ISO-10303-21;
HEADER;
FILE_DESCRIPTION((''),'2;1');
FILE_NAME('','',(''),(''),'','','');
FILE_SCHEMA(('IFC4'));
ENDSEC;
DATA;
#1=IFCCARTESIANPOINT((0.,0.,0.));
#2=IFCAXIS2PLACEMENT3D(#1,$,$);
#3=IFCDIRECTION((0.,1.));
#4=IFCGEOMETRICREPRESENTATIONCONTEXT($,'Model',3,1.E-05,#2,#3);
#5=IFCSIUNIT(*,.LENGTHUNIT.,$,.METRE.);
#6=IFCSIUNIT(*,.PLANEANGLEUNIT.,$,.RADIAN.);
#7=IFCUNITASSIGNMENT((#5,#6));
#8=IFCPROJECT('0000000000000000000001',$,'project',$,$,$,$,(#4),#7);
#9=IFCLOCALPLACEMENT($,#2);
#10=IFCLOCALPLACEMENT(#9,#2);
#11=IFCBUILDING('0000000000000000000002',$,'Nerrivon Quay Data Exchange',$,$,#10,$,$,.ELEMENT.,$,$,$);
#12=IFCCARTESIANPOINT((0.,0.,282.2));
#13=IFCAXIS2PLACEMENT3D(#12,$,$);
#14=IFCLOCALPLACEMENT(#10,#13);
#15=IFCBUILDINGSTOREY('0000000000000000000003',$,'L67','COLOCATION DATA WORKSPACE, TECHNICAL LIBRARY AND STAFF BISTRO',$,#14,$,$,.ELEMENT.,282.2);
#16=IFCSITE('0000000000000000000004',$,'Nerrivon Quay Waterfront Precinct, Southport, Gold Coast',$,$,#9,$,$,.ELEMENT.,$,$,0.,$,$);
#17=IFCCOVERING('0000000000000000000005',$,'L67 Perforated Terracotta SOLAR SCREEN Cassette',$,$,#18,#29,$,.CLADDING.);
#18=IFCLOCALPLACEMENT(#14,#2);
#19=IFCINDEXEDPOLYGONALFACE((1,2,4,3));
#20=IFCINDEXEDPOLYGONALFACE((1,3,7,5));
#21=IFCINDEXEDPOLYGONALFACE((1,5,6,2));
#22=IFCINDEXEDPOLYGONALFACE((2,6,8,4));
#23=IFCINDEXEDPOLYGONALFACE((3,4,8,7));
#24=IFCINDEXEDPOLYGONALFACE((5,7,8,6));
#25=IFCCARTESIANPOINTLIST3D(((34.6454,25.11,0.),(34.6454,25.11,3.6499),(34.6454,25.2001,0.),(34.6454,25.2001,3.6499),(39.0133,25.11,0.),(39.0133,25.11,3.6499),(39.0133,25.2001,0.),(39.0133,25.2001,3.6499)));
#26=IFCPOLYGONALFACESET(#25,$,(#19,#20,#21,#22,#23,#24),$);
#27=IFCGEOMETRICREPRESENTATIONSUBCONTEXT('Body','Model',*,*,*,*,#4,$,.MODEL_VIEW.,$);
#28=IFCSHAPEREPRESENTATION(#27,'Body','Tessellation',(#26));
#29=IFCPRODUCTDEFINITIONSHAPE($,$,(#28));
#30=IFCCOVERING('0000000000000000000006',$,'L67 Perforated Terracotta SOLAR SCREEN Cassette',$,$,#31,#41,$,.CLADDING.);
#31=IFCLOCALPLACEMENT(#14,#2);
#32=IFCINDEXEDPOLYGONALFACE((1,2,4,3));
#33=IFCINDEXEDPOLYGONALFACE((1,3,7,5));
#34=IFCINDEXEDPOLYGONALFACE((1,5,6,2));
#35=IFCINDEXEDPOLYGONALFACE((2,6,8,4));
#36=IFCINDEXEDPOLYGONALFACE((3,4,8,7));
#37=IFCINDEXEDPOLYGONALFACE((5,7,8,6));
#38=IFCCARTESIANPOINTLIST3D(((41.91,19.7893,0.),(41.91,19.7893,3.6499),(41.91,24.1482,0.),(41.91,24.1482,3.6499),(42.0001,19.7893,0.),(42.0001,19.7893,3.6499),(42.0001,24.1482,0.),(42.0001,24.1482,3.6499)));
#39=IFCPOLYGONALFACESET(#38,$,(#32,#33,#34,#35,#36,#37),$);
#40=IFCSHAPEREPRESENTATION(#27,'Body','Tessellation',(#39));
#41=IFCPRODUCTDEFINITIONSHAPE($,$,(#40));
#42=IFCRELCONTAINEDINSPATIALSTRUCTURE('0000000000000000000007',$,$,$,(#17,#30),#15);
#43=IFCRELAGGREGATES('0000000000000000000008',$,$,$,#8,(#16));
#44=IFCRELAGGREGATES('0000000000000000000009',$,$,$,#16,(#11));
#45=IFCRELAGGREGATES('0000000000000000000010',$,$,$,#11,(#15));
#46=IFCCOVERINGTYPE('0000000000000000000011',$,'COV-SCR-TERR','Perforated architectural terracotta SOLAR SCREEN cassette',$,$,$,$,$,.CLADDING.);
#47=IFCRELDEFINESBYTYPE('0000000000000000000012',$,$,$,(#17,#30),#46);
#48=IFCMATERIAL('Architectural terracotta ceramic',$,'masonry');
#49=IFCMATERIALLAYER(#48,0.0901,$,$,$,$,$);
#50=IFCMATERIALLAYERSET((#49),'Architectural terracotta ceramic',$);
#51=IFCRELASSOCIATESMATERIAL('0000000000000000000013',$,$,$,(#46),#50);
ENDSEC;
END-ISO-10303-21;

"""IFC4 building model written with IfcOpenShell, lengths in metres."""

from ifc_helpers import new_model, si_unit, direction, frame, origin, origin_2d, place, context, subcontext, project, spatial, rectangle, extrude, material, layer, layer_set, type_object, element, save


model = new_model("IFC4")

# Units and contexts
model_context = context("Model", 3, precision=1e-05, world=origin(), true_north=direction((0.0, 1.0)))
body_context = subcontext(model_context, "Body", "Model", "MODEL_VIEW")
ifc_project = project(units=[si_unit("LENGTHUNIT", "METRE"), si_unit("PLANEANGLEUNIT", "RADIAN")], contexts=[model_context])

# Site, building, storey
site_placement = place(None, origin())
site = spatial("IfcSite", under=ifc_project, at=site_placement, Name="Nerrivon Quay Waterfront Precinct, Southport, Gold Coast", CompositionType="ELEMENT", RefElevation=0.0)
building_placement = place(site_placement, origin())
building = spatial("IfcBuilding", under=site, at=building_placement, Name="Nerrivon Quay Data Exchange", CompositionType="ELEMENT")
storey_placement = place(building_placement, frame((0.0, 0.0, 282.2)))
storey = spatial("IfcBuildingStorey", under=building, at=storey_placement, Name="L67", Description="COLOCATION DATA WORKSPACE, TECHNICAL LIBRARY AND STAFF BISTRO", CompositionType="ELEMENT", Elevation=282.2)

# Coverings
ifc_material_1 = material(Name="Architectural terracotta ceramic", Category="masonry")
ifc_layer_1 = layer(ifc_material_1, 0.0901)
ifc_layer_set_1 = layer_set([ifc_layer_1], Name="Architectural terracotta ceramic")
covering_type = type_object("IfcCoveringType", Name="COV-SCR-TERR", Description="Perforated architectural terracotta SOLAR SCREEN cassette", PredefinedType="CLADDING", material=ifc_layer_set_1)
covering_1_placement = place(storey_placement, frame((36.8293, 25.155, 0.0), z_axis=(0.0, 0.0, 1.0), x_axis=(1.0, 0.0, 0.0)))
element("IfcCovering", 1, at=covering_1_placement, inside=storey, type_object=covering_type, Name="L67 Perforated Terracotta SOLAR SCREEN Cassette", PredefinedType="CLADDING", context=body_context, shape_type="SweptSolid", body=[
    extrude(rectangle(XDim=4.3679, YDim=0.0901, at=origin_2d()), origin(), (0.0, 0.0, 1.0), 3.6499),
])
covering_2_placement = place(storey_placement, frame((41.9551, 21.9688, 0.0), z_axis=(0.0, 0.0, 1.0), x_axis=(0.0, -1.0, 0.0)))
element("IfcCovering", 2, at=covering_2_placement, inside=storey, type_object=covering_type, Name="L67 Perforated Terracotta SOLAR SCREEN Cassette", PredefinedType="CLADDING", context=body_context, shape_type="SweptSolid", body=[
    extrude(rectangle(XDim=4.3589, YDim=0.0901, at=origin_2d()), origin(), (0.0, 0.0, 1.0), 3.6499),
])

save(model, "model.ifc")
